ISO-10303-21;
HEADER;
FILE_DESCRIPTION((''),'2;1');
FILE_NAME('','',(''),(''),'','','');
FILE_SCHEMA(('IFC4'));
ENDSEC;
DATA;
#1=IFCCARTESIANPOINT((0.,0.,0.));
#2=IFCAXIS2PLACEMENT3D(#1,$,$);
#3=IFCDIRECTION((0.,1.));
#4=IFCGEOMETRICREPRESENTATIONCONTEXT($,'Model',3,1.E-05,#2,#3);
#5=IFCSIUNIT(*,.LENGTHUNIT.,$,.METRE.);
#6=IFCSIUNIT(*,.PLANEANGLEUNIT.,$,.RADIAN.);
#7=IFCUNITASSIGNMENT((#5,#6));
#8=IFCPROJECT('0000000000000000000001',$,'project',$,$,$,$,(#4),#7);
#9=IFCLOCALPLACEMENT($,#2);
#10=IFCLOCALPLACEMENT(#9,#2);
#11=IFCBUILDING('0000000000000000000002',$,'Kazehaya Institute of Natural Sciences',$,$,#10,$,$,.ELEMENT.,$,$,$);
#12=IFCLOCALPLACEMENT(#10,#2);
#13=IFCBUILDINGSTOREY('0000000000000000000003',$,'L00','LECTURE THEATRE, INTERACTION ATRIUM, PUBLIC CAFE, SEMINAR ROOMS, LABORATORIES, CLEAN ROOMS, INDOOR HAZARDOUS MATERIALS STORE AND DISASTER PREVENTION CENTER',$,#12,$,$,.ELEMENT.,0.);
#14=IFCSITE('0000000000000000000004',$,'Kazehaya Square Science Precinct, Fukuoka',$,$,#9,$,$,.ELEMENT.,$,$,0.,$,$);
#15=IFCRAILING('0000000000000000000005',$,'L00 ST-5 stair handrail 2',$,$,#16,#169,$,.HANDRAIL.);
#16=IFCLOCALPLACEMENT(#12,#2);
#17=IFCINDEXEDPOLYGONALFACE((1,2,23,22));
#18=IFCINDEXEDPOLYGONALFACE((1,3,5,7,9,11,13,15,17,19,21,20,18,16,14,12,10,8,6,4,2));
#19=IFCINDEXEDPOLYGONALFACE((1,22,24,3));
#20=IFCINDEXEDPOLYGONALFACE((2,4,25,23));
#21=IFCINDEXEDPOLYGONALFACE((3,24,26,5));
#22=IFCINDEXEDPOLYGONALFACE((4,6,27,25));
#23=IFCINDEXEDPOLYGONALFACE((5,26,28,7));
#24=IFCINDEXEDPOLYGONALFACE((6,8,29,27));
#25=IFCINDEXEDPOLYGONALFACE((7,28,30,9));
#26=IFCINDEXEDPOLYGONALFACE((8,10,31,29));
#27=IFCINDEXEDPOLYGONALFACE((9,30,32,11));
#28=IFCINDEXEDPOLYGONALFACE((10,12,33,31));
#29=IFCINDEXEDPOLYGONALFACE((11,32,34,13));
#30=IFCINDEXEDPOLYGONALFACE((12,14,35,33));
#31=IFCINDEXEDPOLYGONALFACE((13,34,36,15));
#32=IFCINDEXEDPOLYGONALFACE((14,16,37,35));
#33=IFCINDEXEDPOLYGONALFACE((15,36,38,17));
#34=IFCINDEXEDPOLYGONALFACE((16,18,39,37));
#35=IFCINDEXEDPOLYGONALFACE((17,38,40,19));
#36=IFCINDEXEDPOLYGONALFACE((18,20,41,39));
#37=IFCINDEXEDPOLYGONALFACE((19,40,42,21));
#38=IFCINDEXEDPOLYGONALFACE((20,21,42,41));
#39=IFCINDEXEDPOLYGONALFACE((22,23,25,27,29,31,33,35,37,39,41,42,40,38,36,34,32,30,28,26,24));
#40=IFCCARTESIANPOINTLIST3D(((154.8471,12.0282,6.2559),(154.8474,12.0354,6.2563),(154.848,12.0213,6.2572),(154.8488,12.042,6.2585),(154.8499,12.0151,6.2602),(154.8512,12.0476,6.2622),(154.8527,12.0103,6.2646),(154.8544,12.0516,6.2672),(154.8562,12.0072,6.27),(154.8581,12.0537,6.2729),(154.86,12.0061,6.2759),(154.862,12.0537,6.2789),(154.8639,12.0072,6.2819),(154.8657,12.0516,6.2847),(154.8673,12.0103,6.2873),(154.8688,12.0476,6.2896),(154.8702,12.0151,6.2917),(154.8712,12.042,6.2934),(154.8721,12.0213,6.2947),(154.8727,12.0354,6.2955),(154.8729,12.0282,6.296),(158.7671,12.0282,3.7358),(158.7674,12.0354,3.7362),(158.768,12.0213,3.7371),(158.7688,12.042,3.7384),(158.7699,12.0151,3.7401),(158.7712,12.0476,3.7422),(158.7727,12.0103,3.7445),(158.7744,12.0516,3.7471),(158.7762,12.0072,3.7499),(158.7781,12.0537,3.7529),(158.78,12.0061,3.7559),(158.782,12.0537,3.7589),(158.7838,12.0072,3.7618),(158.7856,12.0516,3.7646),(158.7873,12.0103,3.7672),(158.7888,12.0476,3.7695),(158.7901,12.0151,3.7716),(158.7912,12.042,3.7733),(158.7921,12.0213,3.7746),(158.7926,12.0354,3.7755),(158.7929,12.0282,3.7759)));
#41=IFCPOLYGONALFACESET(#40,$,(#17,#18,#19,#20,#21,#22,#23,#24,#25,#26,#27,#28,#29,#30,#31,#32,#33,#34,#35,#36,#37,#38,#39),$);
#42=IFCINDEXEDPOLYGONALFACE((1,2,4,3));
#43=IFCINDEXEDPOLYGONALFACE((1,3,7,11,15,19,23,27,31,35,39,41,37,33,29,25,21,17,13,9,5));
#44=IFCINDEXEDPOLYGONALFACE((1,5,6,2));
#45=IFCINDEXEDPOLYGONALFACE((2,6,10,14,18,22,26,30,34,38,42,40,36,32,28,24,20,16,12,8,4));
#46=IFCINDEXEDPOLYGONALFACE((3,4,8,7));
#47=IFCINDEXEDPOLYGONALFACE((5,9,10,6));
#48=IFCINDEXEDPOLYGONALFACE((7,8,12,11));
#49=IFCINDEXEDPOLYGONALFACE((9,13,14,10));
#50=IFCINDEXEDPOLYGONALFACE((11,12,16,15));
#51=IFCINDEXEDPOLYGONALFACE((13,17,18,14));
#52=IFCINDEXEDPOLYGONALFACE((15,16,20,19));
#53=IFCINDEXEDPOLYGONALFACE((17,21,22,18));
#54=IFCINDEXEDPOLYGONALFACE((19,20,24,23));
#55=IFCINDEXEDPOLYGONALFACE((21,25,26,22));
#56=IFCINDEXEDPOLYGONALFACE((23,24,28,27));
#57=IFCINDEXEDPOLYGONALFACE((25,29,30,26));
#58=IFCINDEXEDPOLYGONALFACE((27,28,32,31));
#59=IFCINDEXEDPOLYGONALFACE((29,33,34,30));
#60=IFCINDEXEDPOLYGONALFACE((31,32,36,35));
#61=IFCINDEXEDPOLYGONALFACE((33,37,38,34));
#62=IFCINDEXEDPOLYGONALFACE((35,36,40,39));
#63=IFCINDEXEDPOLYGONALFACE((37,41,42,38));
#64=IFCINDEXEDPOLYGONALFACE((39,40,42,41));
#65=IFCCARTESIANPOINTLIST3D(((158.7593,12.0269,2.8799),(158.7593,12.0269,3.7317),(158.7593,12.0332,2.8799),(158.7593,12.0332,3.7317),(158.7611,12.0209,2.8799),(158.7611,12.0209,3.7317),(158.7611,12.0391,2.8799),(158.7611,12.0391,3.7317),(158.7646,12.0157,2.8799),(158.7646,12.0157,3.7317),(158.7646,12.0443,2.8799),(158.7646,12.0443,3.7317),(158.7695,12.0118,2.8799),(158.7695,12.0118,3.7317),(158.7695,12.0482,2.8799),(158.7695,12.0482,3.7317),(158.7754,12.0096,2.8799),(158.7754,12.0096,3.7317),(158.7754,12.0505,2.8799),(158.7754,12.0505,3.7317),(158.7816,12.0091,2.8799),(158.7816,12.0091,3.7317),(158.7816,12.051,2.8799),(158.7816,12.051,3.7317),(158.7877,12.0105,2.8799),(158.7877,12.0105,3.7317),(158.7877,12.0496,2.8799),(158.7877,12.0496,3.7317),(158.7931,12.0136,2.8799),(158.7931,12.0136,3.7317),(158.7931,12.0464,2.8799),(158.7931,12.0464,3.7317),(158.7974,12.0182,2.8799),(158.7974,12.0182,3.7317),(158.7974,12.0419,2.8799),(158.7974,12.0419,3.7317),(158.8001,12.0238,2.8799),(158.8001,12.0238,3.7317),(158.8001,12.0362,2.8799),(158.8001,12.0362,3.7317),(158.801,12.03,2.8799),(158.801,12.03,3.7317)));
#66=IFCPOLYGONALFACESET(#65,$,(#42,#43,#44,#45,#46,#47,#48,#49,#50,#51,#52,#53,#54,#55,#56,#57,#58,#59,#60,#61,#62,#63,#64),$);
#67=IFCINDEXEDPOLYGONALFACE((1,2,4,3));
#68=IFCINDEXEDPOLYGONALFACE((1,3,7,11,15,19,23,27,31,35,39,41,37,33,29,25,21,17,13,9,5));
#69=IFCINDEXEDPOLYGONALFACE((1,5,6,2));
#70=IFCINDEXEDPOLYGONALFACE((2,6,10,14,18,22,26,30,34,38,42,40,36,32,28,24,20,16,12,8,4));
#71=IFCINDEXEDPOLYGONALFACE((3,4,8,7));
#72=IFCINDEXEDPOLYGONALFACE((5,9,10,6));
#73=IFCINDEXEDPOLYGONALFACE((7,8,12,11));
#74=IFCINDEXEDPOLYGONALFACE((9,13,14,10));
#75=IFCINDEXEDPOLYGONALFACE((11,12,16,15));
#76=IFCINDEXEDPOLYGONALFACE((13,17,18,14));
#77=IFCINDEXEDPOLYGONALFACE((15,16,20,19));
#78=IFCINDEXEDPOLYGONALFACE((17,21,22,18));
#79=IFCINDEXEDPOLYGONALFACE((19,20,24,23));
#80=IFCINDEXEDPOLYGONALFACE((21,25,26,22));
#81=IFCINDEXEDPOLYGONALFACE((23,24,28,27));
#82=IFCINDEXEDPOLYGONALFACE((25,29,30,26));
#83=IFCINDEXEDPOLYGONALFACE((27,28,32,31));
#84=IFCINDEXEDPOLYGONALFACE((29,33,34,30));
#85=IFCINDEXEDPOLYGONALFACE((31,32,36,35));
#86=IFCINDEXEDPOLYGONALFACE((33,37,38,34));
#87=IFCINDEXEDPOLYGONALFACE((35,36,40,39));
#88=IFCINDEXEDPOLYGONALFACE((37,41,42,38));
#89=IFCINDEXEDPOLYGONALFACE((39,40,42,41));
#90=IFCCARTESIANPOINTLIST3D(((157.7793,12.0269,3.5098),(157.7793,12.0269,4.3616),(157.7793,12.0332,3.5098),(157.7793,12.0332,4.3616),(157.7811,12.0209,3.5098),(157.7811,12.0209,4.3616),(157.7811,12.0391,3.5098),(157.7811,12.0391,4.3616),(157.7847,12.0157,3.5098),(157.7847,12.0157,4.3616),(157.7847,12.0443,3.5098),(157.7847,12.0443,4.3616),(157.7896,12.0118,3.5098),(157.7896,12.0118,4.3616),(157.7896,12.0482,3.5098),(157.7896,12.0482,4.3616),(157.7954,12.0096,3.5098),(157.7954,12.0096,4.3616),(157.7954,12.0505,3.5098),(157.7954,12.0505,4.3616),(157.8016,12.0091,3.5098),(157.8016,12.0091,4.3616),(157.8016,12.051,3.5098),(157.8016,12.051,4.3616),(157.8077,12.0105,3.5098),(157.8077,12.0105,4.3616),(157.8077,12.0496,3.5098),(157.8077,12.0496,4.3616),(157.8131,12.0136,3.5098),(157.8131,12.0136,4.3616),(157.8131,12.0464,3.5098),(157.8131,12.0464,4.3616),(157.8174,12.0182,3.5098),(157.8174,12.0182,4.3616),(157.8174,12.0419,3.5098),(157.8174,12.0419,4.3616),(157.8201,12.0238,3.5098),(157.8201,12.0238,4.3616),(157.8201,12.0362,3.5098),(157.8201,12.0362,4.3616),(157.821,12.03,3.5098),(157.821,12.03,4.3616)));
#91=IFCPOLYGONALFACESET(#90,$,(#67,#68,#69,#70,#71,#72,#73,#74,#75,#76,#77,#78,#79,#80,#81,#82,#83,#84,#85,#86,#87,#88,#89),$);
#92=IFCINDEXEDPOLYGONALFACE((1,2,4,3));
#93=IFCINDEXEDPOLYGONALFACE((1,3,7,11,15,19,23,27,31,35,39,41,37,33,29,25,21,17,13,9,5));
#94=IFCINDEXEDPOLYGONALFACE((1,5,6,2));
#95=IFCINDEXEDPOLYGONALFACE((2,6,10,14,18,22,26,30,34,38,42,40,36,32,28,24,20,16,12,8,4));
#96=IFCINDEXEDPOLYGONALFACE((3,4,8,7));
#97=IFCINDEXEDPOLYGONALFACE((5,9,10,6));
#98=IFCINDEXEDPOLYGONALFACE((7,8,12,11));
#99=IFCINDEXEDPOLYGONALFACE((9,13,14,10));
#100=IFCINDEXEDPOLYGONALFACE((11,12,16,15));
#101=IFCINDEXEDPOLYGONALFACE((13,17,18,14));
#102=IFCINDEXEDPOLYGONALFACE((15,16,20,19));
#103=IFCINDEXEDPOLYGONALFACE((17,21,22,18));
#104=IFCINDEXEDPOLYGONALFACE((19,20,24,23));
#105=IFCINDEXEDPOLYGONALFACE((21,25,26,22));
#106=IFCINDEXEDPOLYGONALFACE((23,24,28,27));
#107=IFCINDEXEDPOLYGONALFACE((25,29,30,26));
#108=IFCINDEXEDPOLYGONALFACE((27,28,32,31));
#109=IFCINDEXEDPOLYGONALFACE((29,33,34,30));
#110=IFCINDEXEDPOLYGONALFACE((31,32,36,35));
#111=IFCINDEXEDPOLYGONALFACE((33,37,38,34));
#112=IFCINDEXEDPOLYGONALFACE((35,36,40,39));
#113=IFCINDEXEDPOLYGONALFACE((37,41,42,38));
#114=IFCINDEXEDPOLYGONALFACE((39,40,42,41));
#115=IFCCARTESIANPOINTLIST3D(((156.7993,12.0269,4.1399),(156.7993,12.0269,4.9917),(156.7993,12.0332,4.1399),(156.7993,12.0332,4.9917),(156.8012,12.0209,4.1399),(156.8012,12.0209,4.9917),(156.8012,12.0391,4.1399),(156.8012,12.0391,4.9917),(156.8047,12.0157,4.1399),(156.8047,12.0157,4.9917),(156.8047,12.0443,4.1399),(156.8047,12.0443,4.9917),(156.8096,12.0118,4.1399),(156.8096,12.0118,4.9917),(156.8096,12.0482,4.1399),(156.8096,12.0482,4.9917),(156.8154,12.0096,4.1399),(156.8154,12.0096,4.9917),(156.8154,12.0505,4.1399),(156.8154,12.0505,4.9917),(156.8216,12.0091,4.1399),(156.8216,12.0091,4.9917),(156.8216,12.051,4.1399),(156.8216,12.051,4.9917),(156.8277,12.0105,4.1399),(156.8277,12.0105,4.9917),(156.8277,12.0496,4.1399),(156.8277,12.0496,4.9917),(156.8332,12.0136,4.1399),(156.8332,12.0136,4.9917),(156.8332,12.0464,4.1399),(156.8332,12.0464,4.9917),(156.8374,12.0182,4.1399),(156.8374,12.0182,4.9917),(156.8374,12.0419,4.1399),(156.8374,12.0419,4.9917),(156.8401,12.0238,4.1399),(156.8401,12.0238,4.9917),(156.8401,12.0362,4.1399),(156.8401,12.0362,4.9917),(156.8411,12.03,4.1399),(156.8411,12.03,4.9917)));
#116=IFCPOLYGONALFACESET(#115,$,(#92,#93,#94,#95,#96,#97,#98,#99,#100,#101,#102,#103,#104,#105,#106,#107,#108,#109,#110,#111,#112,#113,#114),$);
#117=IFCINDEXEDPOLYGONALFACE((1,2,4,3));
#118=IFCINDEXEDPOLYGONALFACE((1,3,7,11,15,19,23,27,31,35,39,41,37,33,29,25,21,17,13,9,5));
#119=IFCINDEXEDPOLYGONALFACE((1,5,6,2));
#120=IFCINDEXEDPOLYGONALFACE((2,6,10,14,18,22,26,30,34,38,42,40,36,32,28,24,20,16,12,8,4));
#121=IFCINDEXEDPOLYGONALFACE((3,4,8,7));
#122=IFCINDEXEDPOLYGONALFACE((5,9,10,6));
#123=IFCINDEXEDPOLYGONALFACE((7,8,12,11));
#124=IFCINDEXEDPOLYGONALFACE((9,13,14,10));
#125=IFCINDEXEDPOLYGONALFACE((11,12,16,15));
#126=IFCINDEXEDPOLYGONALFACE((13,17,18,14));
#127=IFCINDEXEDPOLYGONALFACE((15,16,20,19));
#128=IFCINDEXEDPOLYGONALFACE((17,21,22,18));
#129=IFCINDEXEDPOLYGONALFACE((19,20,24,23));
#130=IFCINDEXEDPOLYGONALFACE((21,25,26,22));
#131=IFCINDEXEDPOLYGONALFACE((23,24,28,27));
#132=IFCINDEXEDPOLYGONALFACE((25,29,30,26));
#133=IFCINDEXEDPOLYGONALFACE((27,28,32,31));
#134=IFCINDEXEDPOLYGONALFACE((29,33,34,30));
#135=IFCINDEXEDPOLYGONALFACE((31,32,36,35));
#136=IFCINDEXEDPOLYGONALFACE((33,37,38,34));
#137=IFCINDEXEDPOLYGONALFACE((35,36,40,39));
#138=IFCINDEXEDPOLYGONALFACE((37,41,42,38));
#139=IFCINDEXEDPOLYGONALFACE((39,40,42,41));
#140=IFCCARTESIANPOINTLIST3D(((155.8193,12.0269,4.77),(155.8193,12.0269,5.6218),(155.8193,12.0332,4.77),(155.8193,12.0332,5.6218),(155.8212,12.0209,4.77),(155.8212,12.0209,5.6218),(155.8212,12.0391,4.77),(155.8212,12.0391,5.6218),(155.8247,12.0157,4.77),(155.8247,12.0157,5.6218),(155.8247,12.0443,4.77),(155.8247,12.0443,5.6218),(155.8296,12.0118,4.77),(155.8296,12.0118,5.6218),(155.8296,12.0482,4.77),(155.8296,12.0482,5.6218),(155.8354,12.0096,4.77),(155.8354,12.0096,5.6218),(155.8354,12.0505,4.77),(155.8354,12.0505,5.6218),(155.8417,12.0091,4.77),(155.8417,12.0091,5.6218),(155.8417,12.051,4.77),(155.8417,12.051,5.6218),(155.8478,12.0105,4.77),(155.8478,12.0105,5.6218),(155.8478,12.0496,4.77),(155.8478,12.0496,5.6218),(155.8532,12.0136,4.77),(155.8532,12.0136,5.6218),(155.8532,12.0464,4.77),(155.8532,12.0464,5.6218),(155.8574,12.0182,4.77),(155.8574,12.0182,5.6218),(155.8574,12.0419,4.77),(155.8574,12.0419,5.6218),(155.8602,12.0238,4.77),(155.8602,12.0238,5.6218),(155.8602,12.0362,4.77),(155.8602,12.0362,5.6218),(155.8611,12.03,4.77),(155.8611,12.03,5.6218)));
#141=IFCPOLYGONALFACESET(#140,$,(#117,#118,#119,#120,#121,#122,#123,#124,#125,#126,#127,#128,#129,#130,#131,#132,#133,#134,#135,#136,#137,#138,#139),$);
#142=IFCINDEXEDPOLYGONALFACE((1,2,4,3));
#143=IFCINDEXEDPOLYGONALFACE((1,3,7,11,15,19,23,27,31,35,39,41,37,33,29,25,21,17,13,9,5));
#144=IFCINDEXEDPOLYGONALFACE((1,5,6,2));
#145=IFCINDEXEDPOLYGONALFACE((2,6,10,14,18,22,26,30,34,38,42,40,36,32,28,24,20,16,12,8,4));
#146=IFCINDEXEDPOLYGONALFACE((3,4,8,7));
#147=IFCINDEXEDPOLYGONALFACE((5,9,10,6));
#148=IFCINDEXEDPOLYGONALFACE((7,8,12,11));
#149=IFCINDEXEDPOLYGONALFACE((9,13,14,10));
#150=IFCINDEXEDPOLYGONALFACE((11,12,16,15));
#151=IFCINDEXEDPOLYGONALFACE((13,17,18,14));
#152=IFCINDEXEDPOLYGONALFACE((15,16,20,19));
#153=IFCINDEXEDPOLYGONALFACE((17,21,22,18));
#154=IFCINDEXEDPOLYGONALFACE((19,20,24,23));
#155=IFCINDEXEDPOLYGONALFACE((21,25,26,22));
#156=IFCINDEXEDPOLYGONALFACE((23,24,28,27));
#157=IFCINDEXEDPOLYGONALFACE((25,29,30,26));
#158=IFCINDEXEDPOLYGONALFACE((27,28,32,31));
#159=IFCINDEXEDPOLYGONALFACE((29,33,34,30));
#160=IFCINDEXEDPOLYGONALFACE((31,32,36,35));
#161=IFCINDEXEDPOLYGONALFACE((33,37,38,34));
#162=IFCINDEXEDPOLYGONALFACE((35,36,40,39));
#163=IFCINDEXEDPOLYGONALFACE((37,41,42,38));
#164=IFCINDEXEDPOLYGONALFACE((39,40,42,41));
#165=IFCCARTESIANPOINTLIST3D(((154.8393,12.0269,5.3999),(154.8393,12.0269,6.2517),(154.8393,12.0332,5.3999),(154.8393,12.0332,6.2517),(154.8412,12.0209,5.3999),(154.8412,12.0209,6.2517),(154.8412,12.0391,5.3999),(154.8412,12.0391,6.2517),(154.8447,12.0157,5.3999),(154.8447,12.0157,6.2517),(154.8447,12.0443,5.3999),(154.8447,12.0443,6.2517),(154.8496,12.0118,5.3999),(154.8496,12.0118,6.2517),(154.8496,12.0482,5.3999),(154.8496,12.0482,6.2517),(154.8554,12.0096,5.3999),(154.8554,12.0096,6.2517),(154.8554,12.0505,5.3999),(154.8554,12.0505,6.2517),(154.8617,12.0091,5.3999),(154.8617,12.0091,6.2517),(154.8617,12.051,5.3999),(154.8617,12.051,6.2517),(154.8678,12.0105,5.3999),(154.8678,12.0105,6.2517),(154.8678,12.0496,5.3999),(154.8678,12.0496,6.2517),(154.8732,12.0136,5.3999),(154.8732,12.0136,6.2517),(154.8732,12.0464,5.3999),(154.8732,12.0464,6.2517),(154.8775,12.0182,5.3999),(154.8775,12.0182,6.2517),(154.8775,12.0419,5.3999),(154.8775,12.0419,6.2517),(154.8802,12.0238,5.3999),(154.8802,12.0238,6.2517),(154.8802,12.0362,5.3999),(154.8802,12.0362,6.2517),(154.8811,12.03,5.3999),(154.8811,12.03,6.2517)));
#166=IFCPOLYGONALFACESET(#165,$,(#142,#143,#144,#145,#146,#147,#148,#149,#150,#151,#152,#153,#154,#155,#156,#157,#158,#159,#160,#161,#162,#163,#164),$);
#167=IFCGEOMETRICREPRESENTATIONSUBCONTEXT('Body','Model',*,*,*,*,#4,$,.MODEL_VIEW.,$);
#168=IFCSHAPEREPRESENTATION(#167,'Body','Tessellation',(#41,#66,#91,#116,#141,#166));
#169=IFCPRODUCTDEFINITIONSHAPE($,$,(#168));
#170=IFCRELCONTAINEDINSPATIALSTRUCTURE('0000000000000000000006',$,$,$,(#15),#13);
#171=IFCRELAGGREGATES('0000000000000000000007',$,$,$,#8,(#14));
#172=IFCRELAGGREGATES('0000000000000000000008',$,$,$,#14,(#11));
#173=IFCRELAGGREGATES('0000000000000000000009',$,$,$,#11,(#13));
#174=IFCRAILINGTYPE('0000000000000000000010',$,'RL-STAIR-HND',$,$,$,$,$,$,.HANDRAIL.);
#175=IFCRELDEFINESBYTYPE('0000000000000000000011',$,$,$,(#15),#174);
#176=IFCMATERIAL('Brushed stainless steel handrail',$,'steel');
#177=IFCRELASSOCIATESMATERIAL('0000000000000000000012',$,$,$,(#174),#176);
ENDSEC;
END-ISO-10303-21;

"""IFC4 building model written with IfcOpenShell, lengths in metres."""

from ifc_helpers import new_model, si_unit, direction, frame, origin, origin_2d, place, context, subcontext, project, spatial, circle, extrude, material, type_object, element, save


model = new_model("IFC4")

# Units and contexts
model_context = context("Model", 3, precision=1e-05, world=origin(), true_north=direction((0.0, 1.0)))
body_context = subcontext(model_context, "Body", "Model", "MODEL_VIEW")
ifc_project = project(units=[si_unit("LENGTHUNIT", "METRE"), si_unit("PLANEANGLEUNIT", "RADIAN")], contexts=[model_context])

# Site, building, storey
site_placement = place(None, origin())
site = spatial("IfcSite", under=ifc_project, at=site_placement, Name="Kazehaya Square Science Precinct, Fukuoka", CompositionType="ELEMENT", RefElevation=0.0)
building_placement = place(site_placement, origin())
building = spatial("IfcBuilding", under=site, at=building_placement, Name="Kazehaya Institute of Natural Sciences", CompositionType="ELEMENT")
storey_placement = place(building_placement, origin())
storey = spatial("IfcBuildingStorey", under=building, at=storey_placement, Name="L00", Description="LECTURE THEATRE, INTERACTION ATRIUM, PUBLIC CAFE, SEMINAR ROOMS, LABORATORIES, CLEAN ROOMS, INDOOR HAZARDOUS MATERIALS STORE AND DISASTER PREVENTION CENTER", CompositionType="ELEMENT", Elevation=0.0)

# Railing
ifc_material_1 = material(Name="Brushed stainless steel handrail", Category="steel")
railing_type_1 = type_object("IfcRailingType", Name="RL-STAIR-HND", PredefinedType="HANDRAIL", material=ifc_material_1)
railing_1_placement = place(storey_placement, frame((158.78, 12.03, 2.8799)))
element("IfcRailing", 1, at=railing_1_placement, inside=storey, type_object=railing_type_1, Name="L00 ST-5 stair handrail 2", PredefinedType="HANDRAIL", context=body_context, shape_type="SweptSolid", body=[
    extrude(circle(Radius=0.0239, at=origin_2d()), frame((0.0, 0.0, 0.876), z_axis=(-0.841172, 0.0, 0.540768), x_axis=(0.0, -1.0, 0.0)), (0.0, 0.0, 1.0), 4.6602),
    extrude(circle(Radius=0.021, at=origin_2d()), origin(), (0.0, 0.0, 1.0), 0.8518),
    extrude(circle(Radius=0.021, at=origin_2d()), frame((-0.98, 0.0, 0.6299)), (0.0, 0.0, 1.0), 0.8518),
    extrude(circle(Radius=0.021, at=origin_2d()), frame((-1.96, 0.0, 1.26)), (0.0, 0.0, 1.0), 0.8518),
    extrude(circle(Radius=0.021, at=origin_2d()), frame((-2.9399, 0.0, 1.8901)), (0.0, 0.0, 1.0), 0.8518),
    extrude(circle(Radius=0.021, at=origin_2d()), frame((-3.9199, 0.0, 2.52)), (0.0, 0.0, 1.0), 0.8518),
])

save(model, "model.ifc")
